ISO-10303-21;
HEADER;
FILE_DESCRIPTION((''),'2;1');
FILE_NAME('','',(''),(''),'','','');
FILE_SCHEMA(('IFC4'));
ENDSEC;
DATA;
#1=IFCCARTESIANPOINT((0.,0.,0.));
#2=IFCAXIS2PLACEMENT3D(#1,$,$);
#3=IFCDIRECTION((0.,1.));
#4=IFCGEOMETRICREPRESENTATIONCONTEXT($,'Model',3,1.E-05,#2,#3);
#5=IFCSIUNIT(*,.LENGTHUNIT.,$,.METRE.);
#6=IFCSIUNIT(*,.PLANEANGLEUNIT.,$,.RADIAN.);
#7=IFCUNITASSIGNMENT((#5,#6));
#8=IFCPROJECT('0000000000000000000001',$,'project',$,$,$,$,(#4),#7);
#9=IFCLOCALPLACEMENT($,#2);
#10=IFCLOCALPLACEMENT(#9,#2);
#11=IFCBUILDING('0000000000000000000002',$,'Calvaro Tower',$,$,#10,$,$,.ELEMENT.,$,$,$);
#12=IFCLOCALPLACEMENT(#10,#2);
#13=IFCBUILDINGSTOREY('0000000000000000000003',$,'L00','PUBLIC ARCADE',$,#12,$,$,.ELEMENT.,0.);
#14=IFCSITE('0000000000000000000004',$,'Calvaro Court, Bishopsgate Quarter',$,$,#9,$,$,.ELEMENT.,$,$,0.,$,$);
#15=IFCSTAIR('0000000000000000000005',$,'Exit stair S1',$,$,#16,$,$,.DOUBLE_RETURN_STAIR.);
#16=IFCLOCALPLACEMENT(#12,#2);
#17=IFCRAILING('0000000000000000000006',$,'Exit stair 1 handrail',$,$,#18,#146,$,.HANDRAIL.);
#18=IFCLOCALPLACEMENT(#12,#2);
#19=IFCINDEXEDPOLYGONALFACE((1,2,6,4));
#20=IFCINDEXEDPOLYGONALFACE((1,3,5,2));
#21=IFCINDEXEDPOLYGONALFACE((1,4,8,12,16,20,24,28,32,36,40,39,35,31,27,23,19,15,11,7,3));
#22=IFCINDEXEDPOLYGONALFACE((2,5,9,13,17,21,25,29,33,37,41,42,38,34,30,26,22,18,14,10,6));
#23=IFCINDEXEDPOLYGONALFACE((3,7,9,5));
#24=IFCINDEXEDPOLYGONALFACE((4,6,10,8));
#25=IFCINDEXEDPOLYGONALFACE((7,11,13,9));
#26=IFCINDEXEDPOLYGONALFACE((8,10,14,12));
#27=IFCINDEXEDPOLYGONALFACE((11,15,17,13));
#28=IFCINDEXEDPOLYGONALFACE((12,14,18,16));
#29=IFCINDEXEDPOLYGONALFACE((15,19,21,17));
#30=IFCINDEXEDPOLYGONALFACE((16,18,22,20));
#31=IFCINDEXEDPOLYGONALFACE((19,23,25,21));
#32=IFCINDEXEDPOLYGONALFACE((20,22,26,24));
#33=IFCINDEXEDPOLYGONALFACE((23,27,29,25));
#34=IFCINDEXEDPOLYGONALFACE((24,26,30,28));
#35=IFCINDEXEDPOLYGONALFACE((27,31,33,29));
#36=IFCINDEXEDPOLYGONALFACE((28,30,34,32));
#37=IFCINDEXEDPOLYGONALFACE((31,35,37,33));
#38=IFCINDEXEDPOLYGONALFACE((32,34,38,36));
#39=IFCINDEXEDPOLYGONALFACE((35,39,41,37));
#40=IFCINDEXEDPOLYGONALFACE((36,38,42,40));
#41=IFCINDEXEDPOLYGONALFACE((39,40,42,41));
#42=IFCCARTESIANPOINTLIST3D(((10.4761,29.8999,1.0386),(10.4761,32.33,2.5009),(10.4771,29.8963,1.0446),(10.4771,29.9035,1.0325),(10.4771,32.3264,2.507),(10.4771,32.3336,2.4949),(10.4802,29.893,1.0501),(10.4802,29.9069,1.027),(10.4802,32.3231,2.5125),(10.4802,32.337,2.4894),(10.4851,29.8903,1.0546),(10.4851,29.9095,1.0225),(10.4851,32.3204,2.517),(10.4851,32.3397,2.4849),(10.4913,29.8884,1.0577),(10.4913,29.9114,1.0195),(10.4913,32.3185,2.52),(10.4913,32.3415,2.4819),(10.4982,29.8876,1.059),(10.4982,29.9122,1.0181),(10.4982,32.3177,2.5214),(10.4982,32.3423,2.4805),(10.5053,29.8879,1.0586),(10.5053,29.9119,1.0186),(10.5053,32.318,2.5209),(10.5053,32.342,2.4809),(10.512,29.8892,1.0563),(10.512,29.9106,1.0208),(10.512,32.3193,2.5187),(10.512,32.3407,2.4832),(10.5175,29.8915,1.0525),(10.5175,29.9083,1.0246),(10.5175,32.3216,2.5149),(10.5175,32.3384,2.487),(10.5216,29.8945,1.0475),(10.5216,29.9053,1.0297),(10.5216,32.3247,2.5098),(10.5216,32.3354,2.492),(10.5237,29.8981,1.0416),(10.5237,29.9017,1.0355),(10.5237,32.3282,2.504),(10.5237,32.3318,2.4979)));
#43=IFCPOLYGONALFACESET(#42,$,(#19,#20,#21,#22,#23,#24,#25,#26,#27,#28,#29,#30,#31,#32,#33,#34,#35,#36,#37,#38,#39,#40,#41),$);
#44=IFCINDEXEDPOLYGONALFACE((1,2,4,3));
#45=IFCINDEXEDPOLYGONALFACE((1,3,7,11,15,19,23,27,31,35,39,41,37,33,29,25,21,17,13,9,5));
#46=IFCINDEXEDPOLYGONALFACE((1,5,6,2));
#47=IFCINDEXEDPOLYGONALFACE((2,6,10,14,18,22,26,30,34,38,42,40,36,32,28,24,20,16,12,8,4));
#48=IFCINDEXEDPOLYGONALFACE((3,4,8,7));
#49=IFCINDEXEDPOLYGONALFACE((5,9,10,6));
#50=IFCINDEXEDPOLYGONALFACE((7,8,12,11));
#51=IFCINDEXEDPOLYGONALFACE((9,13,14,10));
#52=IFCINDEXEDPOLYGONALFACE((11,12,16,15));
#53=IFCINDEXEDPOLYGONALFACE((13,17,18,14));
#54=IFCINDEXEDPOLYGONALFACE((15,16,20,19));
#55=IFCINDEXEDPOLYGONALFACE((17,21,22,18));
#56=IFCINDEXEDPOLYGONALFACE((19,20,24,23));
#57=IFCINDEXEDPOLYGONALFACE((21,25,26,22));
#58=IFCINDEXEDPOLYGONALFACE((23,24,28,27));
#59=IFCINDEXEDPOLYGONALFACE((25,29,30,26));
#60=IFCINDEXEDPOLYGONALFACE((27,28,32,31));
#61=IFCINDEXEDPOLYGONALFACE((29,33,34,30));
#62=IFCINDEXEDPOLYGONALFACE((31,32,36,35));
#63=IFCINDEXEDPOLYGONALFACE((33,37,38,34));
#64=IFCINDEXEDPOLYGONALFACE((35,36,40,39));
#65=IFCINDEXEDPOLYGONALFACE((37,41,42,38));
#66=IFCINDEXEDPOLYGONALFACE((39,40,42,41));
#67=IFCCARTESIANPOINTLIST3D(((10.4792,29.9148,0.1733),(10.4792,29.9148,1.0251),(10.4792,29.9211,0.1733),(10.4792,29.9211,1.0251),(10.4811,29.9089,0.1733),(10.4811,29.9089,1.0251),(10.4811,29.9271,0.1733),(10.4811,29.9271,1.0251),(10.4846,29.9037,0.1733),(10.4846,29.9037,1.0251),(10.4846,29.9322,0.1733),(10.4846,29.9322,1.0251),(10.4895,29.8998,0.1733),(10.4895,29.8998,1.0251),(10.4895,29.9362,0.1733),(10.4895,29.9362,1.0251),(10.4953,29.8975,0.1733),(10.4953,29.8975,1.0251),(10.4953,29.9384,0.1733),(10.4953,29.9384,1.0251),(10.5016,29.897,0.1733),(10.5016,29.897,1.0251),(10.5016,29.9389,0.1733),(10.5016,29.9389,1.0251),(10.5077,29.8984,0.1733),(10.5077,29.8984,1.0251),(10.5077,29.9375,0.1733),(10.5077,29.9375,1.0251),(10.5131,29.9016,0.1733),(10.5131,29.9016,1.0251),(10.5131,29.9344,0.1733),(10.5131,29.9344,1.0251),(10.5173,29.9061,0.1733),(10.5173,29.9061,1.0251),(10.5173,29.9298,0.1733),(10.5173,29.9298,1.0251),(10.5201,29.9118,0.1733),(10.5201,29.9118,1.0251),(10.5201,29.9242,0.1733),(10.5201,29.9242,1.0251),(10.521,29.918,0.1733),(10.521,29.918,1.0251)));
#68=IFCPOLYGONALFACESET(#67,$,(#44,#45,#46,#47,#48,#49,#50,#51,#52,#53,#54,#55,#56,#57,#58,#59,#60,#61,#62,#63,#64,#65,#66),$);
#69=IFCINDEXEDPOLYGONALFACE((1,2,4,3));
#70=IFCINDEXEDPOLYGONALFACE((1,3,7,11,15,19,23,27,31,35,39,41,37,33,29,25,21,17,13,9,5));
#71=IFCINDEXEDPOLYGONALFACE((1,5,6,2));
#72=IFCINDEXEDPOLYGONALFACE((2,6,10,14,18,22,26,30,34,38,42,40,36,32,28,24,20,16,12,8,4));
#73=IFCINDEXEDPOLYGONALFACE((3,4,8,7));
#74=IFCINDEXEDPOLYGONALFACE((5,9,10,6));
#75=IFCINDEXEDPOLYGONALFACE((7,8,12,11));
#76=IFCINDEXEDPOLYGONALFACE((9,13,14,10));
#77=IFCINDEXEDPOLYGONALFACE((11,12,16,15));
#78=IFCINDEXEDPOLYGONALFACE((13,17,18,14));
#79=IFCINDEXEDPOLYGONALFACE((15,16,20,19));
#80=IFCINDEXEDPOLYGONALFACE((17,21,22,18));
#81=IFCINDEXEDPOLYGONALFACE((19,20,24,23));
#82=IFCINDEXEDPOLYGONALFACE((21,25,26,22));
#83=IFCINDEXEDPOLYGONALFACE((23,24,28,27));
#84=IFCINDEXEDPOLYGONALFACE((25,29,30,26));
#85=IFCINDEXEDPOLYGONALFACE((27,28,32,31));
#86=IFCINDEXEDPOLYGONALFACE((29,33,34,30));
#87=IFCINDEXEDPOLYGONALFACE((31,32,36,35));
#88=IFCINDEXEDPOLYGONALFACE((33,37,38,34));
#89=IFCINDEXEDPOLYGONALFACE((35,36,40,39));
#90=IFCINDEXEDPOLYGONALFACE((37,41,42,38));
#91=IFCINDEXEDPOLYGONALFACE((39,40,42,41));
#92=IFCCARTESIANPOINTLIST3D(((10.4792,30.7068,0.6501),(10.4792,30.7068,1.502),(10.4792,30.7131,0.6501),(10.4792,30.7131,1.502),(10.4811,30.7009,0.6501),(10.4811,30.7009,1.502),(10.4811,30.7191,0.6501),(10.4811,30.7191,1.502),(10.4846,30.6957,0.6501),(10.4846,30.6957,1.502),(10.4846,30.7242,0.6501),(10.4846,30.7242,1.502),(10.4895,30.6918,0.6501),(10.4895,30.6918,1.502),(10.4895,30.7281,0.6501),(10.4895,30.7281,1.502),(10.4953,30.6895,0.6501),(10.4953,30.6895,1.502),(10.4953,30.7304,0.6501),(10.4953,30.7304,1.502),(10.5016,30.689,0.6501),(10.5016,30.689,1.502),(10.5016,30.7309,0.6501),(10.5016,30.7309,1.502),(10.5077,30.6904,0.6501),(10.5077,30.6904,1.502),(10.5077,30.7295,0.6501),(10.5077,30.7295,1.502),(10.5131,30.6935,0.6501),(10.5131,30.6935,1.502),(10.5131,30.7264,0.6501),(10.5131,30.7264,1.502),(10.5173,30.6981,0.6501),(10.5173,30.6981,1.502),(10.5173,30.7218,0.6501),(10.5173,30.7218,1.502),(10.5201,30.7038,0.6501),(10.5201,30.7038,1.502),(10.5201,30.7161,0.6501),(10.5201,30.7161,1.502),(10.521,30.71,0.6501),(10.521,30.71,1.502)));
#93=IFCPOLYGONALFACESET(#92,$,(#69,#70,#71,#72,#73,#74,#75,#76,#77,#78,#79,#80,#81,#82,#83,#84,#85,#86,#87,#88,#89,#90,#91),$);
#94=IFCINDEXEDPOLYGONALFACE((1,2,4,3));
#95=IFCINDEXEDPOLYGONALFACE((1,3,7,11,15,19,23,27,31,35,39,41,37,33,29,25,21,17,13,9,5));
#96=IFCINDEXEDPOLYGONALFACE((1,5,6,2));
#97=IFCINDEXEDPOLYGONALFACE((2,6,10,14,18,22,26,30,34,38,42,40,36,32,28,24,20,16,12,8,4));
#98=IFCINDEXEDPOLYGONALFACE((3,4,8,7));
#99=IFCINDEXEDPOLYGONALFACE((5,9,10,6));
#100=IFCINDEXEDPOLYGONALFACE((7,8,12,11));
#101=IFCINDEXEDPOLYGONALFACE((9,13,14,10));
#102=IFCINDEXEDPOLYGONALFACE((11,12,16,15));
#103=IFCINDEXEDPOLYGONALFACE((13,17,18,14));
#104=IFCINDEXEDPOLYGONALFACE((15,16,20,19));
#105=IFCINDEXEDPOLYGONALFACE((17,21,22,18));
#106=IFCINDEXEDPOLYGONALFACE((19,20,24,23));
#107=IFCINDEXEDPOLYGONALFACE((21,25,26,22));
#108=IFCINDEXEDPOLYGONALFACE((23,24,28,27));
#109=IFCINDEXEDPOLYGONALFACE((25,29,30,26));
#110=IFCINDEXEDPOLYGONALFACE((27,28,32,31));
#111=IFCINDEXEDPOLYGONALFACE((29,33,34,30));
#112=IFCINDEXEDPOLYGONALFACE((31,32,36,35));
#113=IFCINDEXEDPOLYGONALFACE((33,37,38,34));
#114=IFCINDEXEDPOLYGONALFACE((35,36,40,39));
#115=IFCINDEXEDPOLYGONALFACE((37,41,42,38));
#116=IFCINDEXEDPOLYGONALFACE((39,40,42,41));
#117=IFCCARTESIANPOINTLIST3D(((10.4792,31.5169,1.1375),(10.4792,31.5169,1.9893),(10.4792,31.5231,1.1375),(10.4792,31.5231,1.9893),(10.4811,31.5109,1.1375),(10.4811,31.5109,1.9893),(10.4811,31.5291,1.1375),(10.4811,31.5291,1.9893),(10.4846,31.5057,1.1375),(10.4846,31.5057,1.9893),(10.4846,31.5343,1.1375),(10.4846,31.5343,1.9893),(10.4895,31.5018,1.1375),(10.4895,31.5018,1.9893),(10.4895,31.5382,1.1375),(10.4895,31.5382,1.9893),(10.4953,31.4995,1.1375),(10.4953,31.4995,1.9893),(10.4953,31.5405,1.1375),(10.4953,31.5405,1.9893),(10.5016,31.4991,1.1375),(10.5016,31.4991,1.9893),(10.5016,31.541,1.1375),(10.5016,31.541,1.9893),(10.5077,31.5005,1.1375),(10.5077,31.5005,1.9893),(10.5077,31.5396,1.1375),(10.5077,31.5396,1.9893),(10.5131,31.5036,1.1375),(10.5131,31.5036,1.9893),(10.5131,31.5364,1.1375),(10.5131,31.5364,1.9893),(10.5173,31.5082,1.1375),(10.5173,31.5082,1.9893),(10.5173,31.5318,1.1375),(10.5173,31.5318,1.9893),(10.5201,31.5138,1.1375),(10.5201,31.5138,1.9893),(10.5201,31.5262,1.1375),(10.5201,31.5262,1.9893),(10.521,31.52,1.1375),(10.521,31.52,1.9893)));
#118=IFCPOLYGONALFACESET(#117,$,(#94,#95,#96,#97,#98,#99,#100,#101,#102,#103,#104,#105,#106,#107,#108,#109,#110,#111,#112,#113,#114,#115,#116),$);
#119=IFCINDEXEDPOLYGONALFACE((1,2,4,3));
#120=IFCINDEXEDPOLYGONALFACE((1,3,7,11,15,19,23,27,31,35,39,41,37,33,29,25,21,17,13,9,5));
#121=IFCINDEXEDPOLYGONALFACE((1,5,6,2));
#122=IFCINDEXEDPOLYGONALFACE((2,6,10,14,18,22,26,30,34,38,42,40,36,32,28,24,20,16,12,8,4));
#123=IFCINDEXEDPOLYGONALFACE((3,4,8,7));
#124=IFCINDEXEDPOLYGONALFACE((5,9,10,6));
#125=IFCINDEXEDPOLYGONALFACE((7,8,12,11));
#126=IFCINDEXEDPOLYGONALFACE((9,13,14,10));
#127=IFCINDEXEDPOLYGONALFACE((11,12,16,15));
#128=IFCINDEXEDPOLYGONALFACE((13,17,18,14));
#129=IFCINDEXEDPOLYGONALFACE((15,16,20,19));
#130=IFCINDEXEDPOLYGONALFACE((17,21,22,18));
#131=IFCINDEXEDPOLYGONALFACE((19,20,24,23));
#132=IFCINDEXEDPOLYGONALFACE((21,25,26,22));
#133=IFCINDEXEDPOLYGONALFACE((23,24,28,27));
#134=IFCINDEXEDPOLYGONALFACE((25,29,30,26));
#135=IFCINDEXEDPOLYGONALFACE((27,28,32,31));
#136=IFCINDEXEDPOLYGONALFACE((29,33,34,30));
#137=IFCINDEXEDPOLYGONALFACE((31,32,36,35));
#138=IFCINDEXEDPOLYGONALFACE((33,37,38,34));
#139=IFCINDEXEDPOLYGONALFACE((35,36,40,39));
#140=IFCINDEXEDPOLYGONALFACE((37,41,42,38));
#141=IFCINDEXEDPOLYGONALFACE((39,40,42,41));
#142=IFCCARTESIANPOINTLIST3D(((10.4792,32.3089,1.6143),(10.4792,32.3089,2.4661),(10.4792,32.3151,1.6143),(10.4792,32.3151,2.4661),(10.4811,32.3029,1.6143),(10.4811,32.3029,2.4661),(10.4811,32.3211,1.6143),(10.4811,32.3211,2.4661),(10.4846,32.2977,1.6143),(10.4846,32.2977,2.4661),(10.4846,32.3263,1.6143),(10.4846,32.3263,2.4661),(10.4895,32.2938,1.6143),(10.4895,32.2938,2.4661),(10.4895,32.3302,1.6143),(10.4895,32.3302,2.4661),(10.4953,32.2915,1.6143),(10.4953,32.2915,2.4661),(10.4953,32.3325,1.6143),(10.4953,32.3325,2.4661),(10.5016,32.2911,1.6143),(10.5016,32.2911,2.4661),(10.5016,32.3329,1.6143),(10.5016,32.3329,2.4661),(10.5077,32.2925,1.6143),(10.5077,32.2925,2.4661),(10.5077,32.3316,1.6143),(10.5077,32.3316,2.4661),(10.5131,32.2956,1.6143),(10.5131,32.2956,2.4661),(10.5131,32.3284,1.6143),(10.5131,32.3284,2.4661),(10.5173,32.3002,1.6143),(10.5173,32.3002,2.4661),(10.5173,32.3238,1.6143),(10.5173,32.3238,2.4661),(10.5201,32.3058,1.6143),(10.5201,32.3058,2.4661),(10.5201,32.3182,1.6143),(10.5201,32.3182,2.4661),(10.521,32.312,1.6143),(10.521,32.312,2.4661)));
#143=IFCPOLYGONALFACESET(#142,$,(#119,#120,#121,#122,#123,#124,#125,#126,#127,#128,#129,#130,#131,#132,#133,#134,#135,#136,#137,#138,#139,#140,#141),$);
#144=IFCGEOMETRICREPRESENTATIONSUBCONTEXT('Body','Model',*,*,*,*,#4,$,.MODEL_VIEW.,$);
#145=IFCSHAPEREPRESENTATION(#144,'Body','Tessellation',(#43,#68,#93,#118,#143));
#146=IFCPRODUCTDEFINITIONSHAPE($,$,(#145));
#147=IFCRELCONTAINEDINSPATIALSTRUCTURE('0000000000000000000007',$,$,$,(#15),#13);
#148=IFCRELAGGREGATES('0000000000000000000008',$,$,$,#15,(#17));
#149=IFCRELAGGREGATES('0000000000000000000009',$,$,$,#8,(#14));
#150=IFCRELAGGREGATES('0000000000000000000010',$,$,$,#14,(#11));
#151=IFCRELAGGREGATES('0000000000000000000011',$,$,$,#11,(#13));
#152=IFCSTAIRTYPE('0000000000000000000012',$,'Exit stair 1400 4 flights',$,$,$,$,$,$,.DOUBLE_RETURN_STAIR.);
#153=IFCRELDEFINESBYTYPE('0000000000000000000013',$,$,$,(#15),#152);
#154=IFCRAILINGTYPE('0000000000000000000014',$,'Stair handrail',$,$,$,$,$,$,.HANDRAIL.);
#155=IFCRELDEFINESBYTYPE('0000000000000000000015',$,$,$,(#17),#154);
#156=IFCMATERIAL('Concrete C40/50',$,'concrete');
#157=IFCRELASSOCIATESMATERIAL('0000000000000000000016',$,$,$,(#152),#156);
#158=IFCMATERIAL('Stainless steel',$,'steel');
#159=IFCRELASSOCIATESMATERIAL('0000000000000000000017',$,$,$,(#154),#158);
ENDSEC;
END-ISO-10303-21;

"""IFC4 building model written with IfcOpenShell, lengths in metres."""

from ifc_helpers import new_model, si_unit, direction, frame, origin, origin_2d, place, context, subcontext, project, spatial, circle, extrude, material, type_object, element, aggregate, save


model = new_model("IFC4")

# Units and contexts
model_context = context("Model", 3, precision=1e-05, world=origin(), true_north=direction((0.0, 1.0)))
body_context = subcontext(model_context, "Body", "Model", "MODEL_VIEW")
ifc_project = project(units=[si_unit("LENGTHUNIT", "METRE"), si_unit("PLANEANGLEUNIT", "RADIAN")], contexts=[model_context])

# Site, building, storey
site_placement = place(None, origin())
site = spatial("IfcSite", under=ifc_project, at=site_placement, Name="Calvaro Court, Bishopsgate Quarter", CompositionType="ELEMENT", RefElevation=0.0)
building_placement = place(site_placement, origin())
building = spatial("IfcBuilding", under=site, at=building_placement, Name="Calvaro Tower", CompositionType="ELEMENT")
storey_placement = place(building_placement, origin())
storey = spatial("IfcBuildingStorey", under=building, at=storey_placement, Name="L00", Description="PUBLIC ARCADE", CompositionType="ELEMENT", Elevation=0.0)

# Stair
ifc_material_1 = material(Name="Concrete C40/50", Category="concrete")
stair_type = type_object("IfcStairType", Name="Exit stair 1400 4 flights", PredefinedType="DOUBLE_RETURN_STAIR", material=ifc_material_1)
stair_placement = place(storey_placement, origin())
stair = element("IfcStair", 1, at=stair_placement, inside=storey, type_object=stair_type, Name="Exit stair S1", PredefinedType="DOUBLE_RETURN_STAIR")

# Railing
ifc_material_2 = material(Name="Stainless steel", Category="steel")
railing_type_1 = type_object("IfcRailingType", Name="Stair handrail", PredefinedType="HANDRAIL", material=ifc_material_2)
railing_1_placement = place(storey_placement, frame((10.5, 29.8999, 0.1626)))
railing_1 = element("IfcRailing", 2, at=railing_1_placement, type_object=railing_type_1, Name="Exit stair 1 handrail", PredefinedType="HANDRAIL", context=body_context, shape_type="SweptSolid", body=[
    extrude(circle(Radius=0.0239, at=origin_2d()), frame((0.0, 0.0, 0.876), z_axis=(0.0, 0.856824, 0.515609), x_axis=(-1.0, 0.0, 0.0)), (0.0, 0.0, 1.0), 2.8362),
    extrude(circle(Radius=0.021, at=origin_2d()), frame((0.0, 0.0181, 0.0107)), (0.0, 0.0, 1.0), 0.8518),
    extrude(circle(Radius=0.021, at=origin_2d()), frame((0.0, 0.8101, 0.4875)), (0.0, 0.0, 1.0), 0.8518),
    extrude(circle(Radius=0.021, at=origin_2d()), frame((0.0, 1.6201, 0.9749)), (0.0, 0.0, 1.0), 0.8518),
    extrude(circle(Radius=0.021, at=origin_2d()), frame((0.0, 2.4121, 1.4517)), (0.0, 0.0, 1.0), 0.8518),
])
aggregate(stair, [railing_1])

save(model, "model.ifc")
